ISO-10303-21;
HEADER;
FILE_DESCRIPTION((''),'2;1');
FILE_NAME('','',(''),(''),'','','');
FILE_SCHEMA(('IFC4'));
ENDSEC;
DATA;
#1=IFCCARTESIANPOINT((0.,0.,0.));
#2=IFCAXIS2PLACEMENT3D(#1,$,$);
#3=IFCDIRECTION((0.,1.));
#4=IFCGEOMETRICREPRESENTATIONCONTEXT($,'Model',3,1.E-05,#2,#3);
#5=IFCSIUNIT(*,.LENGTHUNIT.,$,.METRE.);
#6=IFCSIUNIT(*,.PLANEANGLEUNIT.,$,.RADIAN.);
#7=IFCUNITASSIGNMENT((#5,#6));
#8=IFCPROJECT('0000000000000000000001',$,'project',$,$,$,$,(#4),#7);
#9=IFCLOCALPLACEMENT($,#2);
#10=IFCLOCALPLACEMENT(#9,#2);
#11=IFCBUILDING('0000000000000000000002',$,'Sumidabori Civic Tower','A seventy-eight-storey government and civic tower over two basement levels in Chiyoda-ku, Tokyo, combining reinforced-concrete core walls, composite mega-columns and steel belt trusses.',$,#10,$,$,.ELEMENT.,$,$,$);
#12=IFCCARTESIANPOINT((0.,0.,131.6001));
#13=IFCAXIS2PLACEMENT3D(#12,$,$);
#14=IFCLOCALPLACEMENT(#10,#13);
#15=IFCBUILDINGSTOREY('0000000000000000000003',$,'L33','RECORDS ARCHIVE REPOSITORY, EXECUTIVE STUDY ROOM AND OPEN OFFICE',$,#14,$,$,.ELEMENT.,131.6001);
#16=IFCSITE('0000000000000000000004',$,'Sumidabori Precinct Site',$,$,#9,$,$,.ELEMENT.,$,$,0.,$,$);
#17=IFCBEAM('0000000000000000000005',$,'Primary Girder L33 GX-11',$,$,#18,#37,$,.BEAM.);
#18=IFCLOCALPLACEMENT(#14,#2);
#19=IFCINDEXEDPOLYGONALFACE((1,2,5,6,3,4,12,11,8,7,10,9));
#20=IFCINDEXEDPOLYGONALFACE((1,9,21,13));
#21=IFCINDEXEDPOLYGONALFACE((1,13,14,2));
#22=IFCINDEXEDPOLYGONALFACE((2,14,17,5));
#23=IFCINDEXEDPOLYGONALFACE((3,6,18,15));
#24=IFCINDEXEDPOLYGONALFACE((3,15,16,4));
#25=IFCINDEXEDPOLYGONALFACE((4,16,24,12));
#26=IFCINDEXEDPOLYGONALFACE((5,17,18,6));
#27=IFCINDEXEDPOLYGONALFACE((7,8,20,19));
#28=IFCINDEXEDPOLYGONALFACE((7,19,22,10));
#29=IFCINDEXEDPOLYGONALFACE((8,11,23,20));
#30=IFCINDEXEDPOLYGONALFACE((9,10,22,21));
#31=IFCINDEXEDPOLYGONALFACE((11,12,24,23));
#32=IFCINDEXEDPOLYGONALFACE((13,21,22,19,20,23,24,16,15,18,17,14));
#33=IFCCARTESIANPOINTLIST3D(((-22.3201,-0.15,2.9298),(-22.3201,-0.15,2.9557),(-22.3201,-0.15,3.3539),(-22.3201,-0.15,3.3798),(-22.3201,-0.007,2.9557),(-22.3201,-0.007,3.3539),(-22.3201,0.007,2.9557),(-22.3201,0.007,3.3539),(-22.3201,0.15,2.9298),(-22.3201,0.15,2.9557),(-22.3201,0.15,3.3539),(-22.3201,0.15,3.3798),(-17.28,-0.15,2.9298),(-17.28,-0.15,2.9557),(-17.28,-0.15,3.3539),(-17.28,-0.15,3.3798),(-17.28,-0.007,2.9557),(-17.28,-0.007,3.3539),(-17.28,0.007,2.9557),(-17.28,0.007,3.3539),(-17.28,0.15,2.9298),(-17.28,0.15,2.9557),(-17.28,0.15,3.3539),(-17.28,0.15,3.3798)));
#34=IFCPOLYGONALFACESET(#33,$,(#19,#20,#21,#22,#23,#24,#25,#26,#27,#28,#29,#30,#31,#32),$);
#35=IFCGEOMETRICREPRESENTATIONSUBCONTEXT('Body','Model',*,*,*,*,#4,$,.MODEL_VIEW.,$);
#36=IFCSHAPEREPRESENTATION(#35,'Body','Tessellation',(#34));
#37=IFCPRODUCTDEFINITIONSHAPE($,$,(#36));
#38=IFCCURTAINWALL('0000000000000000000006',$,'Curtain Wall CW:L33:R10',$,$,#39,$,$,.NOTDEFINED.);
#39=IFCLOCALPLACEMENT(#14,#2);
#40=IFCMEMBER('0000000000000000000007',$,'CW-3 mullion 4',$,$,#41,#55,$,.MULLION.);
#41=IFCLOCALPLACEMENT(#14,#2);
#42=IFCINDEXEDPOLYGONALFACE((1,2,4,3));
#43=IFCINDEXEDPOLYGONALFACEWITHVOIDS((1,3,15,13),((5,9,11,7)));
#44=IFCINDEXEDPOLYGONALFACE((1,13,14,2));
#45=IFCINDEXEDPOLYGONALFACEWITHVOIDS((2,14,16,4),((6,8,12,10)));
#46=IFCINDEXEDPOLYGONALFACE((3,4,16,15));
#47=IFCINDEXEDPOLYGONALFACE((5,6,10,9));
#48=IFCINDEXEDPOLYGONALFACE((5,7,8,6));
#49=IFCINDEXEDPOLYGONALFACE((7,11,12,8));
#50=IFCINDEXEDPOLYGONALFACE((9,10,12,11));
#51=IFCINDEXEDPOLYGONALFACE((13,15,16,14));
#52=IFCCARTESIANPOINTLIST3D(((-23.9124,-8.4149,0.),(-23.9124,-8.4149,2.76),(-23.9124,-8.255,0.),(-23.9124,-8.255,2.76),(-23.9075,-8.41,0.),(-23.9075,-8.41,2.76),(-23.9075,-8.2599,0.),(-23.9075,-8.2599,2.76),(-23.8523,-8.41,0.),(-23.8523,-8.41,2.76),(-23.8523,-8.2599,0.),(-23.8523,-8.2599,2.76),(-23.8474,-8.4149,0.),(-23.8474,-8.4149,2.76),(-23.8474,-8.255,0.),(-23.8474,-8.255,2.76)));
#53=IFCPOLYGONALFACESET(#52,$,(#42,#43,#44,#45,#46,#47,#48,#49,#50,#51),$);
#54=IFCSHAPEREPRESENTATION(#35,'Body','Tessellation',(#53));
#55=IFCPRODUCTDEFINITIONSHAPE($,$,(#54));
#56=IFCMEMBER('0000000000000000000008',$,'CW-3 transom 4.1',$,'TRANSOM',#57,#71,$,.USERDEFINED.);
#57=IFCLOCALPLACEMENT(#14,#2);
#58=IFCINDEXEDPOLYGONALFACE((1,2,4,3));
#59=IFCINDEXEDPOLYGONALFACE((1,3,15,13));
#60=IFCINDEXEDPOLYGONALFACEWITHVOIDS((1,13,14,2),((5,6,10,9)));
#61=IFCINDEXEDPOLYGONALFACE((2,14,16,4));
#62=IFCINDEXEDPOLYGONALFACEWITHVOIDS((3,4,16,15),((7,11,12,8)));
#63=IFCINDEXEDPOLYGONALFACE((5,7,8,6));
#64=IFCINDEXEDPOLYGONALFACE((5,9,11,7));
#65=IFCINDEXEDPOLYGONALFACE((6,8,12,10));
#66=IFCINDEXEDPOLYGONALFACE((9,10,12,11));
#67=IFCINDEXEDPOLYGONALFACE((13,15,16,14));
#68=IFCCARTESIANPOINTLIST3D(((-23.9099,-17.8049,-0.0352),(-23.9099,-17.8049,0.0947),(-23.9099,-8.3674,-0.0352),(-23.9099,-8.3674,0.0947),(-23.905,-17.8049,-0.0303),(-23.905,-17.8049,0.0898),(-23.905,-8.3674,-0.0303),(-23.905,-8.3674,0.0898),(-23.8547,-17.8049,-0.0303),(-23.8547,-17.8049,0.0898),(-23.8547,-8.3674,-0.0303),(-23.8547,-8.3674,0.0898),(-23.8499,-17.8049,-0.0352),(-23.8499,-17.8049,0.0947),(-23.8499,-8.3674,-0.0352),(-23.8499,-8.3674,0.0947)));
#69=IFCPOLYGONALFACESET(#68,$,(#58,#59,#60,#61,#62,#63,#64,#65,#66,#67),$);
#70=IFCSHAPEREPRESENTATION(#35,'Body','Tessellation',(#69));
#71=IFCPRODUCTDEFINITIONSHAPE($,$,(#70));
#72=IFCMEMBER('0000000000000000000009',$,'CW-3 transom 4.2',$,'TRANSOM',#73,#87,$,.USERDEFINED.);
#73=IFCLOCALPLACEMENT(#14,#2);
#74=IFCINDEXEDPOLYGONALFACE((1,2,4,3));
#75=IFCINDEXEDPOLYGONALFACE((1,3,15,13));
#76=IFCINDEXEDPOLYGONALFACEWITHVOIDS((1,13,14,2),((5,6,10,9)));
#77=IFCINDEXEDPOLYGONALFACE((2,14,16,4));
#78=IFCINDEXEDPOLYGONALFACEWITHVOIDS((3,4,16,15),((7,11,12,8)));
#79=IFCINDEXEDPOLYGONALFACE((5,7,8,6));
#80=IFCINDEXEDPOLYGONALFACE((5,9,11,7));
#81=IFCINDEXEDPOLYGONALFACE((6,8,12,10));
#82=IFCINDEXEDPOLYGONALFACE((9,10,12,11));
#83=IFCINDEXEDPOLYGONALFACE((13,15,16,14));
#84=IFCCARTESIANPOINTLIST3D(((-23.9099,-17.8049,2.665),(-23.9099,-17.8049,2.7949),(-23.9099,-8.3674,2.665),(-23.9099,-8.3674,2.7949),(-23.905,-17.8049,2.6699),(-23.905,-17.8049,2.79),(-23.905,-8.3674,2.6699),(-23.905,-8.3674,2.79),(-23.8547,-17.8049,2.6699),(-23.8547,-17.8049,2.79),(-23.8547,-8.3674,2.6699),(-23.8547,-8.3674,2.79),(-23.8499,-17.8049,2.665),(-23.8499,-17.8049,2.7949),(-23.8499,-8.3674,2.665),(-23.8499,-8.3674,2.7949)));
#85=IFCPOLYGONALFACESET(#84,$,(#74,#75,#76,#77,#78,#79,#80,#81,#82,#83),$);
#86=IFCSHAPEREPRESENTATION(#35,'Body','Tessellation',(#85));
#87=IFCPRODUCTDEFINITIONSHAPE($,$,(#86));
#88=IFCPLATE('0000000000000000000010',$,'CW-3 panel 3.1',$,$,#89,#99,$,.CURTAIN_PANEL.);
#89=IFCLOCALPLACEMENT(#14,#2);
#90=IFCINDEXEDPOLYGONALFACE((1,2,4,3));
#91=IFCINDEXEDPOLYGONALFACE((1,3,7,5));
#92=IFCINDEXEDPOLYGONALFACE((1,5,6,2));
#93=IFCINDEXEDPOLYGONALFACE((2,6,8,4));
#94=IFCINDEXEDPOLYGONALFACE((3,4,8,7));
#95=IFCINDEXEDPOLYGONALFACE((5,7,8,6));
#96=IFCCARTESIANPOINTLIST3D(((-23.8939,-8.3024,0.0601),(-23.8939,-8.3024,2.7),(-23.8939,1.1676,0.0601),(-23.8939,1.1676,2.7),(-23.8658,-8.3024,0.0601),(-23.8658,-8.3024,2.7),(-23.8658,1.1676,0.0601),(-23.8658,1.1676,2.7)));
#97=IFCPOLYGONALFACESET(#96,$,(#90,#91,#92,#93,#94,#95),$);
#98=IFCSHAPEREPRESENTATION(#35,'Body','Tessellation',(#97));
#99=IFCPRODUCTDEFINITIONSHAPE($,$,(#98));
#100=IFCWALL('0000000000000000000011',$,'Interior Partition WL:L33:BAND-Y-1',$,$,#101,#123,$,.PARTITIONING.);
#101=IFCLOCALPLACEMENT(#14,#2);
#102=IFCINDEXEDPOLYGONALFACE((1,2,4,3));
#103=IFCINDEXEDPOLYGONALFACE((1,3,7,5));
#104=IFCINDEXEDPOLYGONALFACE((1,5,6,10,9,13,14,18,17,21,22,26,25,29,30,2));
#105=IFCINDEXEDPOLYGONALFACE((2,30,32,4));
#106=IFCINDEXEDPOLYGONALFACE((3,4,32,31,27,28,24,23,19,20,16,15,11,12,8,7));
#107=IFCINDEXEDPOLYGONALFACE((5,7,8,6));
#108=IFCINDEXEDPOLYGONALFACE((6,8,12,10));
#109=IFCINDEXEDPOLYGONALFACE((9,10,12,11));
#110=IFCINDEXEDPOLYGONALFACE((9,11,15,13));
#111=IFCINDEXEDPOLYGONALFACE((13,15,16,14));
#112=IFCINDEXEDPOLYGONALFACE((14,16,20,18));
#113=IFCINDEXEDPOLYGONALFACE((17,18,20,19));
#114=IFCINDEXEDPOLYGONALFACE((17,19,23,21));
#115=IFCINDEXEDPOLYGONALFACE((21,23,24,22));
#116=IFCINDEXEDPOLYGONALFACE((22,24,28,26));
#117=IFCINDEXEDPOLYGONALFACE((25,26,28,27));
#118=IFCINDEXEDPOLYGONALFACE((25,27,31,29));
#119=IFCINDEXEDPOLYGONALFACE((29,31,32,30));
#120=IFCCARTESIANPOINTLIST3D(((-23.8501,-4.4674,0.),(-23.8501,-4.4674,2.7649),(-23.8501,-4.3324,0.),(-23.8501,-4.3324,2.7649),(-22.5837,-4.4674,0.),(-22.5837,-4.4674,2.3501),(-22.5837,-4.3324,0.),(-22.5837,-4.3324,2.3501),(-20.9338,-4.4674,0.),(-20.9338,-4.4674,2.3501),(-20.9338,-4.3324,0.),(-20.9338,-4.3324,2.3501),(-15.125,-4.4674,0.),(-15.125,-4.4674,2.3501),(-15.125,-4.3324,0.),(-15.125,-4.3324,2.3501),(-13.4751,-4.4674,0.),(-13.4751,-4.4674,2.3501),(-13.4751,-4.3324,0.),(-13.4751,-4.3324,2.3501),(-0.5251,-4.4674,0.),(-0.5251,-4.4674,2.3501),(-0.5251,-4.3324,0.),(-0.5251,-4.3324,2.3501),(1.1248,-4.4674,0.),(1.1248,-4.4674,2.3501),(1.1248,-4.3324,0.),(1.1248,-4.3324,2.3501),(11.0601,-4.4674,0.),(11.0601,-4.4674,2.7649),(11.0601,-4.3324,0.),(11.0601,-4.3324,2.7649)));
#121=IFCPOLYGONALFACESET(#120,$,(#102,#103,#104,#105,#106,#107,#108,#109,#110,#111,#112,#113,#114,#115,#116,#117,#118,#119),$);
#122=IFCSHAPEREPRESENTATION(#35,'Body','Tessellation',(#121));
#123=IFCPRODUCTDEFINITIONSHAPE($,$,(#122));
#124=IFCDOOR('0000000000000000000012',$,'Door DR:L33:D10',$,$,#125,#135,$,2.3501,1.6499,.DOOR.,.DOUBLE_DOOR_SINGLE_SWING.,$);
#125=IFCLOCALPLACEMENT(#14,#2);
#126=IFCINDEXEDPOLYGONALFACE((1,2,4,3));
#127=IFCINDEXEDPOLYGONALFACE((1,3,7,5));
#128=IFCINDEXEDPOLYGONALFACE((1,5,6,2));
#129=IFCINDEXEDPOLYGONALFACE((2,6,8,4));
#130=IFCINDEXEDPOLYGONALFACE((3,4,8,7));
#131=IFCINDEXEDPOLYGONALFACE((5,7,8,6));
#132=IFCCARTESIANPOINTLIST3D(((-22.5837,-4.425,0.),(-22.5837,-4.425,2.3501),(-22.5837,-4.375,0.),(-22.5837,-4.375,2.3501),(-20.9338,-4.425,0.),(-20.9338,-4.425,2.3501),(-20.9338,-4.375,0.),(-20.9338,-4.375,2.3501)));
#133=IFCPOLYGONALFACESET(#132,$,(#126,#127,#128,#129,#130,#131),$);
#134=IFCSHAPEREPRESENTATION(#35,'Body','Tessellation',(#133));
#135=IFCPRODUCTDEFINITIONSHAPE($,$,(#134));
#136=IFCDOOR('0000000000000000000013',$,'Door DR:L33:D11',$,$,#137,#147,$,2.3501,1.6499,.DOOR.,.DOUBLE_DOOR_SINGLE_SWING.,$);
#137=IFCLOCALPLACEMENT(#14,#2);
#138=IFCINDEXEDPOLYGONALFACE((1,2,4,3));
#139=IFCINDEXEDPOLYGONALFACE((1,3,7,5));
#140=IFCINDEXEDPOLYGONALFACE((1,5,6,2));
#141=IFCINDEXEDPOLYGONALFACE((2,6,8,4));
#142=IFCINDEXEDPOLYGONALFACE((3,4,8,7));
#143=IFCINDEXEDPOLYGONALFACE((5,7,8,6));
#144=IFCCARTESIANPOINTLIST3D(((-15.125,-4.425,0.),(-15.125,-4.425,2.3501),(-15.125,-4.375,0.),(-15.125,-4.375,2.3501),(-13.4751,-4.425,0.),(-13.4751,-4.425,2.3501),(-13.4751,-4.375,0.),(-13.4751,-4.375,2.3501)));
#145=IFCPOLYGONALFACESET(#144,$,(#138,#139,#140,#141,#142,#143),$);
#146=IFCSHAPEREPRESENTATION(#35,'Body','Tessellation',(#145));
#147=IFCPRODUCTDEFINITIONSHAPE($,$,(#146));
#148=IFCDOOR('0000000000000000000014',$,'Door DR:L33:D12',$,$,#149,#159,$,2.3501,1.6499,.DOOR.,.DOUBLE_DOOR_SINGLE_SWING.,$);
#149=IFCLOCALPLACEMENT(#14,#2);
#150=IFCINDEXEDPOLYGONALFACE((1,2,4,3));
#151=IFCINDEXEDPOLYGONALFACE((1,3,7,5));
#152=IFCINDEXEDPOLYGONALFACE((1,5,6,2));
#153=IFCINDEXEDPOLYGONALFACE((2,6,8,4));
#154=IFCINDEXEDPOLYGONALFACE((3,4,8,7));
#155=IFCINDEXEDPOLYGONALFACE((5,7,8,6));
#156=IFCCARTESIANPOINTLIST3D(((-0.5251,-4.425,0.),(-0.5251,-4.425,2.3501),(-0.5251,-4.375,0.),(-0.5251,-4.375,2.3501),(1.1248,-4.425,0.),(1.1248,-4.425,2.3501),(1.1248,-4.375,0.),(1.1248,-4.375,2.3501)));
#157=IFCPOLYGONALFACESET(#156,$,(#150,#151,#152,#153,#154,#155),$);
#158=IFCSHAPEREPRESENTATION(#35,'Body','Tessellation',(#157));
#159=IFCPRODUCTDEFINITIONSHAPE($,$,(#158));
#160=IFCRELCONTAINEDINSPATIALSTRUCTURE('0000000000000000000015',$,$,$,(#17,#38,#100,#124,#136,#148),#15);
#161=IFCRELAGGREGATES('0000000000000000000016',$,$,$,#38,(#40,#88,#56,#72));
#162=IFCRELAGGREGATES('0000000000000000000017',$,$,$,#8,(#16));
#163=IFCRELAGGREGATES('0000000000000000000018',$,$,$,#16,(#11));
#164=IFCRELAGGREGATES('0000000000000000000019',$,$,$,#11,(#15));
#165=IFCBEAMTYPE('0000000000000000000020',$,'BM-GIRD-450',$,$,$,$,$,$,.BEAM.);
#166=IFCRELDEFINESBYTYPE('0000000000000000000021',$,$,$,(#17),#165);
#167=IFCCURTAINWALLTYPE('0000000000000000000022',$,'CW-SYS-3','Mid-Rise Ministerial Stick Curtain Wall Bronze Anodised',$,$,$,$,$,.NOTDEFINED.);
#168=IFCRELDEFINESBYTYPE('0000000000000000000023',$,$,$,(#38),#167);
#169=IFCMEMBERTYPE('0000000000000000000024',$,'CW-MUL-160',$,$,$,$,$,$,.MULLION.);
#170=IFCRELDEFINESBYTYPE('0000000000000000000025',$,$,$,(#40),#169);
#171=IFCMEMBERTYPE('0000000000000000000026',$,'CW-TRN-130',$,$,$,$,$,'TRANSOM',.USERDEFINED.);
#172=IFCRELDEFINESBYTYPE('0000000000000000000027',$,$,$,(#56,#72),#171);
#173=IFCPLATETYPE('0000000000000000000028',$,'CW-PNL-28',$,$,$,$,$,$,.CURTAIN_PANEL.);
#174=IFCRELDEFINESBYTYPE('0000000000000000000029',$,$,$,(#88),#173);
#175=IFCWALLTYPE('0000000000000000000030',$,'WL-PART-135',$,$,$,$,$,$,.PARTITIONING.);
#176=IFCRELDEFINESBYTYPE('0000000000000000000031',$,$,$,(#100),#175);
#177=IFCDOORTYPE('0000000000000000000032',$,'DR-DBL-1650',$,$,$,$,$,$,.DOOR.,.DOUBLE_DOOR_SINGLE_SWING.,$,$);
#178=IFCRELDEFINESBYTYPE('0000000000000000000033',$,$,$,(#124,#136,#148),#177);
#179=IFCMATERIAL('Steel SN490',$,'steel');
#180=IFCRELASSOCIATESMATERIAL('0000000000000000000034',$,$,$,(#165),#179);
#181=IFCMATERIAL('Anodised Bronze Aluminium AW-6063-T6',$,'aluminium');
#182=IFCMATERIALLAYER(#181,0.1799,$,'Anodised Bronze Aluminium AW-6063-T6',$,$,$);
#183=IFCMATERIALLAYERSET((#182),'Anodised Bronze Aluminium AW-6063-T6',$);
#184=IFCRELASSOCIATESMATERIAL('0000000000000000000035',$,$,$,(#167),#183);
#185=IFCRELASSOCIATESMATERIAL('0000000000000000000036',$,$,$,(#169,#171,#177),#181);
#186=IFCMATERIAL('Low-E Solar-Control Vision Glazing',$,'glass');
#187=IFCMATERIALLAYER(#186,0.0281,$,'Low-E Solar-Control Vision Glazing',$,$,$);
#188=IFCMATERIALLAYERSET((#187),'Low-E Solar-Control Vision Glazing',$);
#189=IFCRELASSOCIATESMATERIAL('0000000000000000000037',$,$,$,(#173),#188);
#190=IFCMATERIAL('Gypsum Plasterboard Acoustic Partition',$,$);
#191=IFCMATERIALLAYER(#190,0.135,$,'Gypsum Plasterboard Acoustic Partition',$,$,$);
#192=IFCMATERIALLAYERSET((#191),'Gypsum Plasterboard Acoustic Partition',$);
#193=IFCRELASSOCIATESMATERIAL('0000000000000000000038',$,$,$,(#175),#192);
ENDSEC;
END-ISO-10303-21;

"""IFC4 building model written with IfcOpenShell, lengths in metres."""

from ifc_helpers import new_model, si_unit, direction, frame, frame_2d, origin, origin_2d, place, context, subcontext, project, spatial, rectangle, hollow_rectangle, i_section, extrude, source, transform, mapped, material, layer, layer_set, material_profile, profile_set, type_object, element, fill, aggregate, save


model = new_model("IFC4")

# Units and contexts
model_context = context("Model", 3, precision=1e-05, world=origin(), true_north=direction((0.0, 1.0)))
body_context = subcontext(model_context, "Body", "Model", "MODEL_VIEW")
ifc_project = project(units=[si_unit("LENGTHUNIT", "METRE"), si_unit("PLANEANGLEUNIT", "RADIAN")], contexts=[model_context])

# Site, building, storey
site_placement = place(None, origin())
site = spatial("IfcSite", under=ifc_project, at=site_placement, Name="Sumidabori Precinct Site", CompositionType="ELEMENT", RefElevation=0.0)
building_placement = place(site_placement, origin())
building = spatial("IfcBuilding", under=site, at=building_placement, Name="Sumidabori Civic Tower", Description="A seventy-eight-storey government and civic tower over two basement levels in Chiyoda-ku, Tokyo, combining reinforced-concrete core walls, composite mega-columns and steel belt trusses.", CompositionType="ELEMENT")
storey_placement = place(building_placement, frame((0.0, 0.0, 131.6001)))
storey = spatial("IfcBuildingStorey", under=building, at=storey_placement, Name="L33", Description="RECORDS ARCHIVE REPOSITORY, EXECUTIVE STUDY ROOM AND OPEN OFFICE", CompositionType="ELEMENT", Elevation=131.6001)

# Beam
ifc_material_1 = material(Name="Steel SN490", Category="steel")
ifc_material_profile_1 = material_profile(ifc_material_1, i_section(OverallWidth=0.3, OverallDepth=0.45, WebThickness=0.0139, FlangeThickness=0.0259, at=origin_2d()), Name="HE 450 B")
ifc_profile_set_1 = profile_set([ifc_material_profile_1], Name="Steel SN490")
beam_type_1 = type_object("IfcBeamType", Name="BM-GIRD-450", PredefinedType="BEAM", material=ifc_profile_set_1)
shared_shape_1 = source(origin(), body_context, "Body", "SweptSolid", [
    extrude(i_section(OverallWidth=0.3, OverallDepth=0.45, WebThickness=0.0139, FlangeThickness=0.0259, at=origin_2d()), origin(), (0.0, 0.0, 1.0), 5.04),
])
beam_1_placement = place(storey_placement, frame((-22.3201, 0.0, 3.1548), z_axis=(1.0, 0.0, 0.0), x_axis=(0.0, 1.0, 0.0)))
element("IfcBeam", 1, at=beam_1_placement, inside=storey, type_object=beam_type_1, Name="Primary Girder L33 GX-11", PredefinedType="BEAM", context=body_context, shape_type="MappedRepresentation", body=[
    mapped(shared_shape_1, transform((0.0, 0.0, 0.0), x_axis=(1.0, 0.0, 0.0), y_axis=(0.0, 1.0, 0.0), z_axis=(0.0, 0.0, 1.0), scale=1.0)),
])

# Curtain wall, members, plate
ifc_material_2 = material(Name="Anodised Bronze Aluminium AW-6063-T6", Category="aluminium")
ifc_layer_1 = layer(ifc_material_2, 0.1799, Name="Anodised Bronze Aluminium AW-6063-T6")
ifc_layer_set_1 = layer_set([ifc_layer_1], Name="Anodised Bronze Aluminium AW-6063-T6")
curtain_wall_type = type_object("IfcCurtainWallType", Name="CW-SYS-3", Description="Mid-Rise Ministerial Stick Curtain Wall Bronze Anodised", PredefinedType="NOTDEFINED", material=ifc_layer_set_1)
curtain_wall_placement = place(storey_placement, origin())
curtain_wall = element("IfcCurtainWall", 2, at=curtain_wall_placement, inside=storey, type_object=curtain_wall_type, Name="Curtain Wall CW:L33:R10", PredefinedType="NOTDEFINED")
ifc_material_profile_2 = material_profile(ifc_material_2, hollow_rectangle(XDim=0.0649, YDim=0.1599, WallThickness=0.0049, at=origin_2d()), Name="ALU MULLION 160x65")
ifc_profile_set_2 = profile_set([ifc_material_profile_2], Name="Anodised Bronze Aluminium AW-6063-T6")
member_type_1 = type_object("IfcMemberType", Name="CW-MUL-160", PredefinedType="MULLION", material=ifc_profile_set_2)
shared_shape_2 = source(origin(), body_context, "Body", "SweptSolid", [
    extrude(hollow_rectangle(XDim=0.0649, YDim=0.1599, WallThickness=0.0049, at=origin_2d()), origin(), (0.0, 0.0, 1.0), 2.76),
])
member_1_placement = place(storey_placement, frame((-23.8799, -8.335, 0.0), z_axis=(0.0, 0.0, 1.0), x_axis=(1.0, 0.0, 0.0)))
member_1 = element("IfcMember", 3, at=member_1_placement, type_object=member_type_1, Name="CW-3 mullion 4", PredefinedType="MULLION", context=body_context, shape_type="MappedRepresentation", body=[
    mapped(shared_shape_2, transform((0.0, 0.0, 0.0), x_axis=(1.0, 0.0, 0.0), y_axis=(0.0, 1.0, 0.0), z_axis=(0.0, 0.0, 1.0), scale=1.0)),
])
ifc_material_profile_3 = material_profile(ifc_material_2, hollow_rectangle(XDim=0.0601, YDim=0.1299, WallThickness=0.0049, at=origin_2d()), Name="ALU TRANSOM 130x60")
ifc_profile_set_3 = profile_set([ifc_material_profile_3], Name="Anodised Bronze Aluminium AW-6063-T6")
member_type_2 = type_object("IfcMemberType", Name="CW-TRN-130", ElementType="TRANSOM", PredefinedType="USERDEFINED", material=ifc_profile_set_3)
shared_shape_3 = source(origin(), body_context, "Body", "SweptSolid", [
    extrude(hollow_rectangle(XDim=0.0601, YDim=0.1299, WallThickness=0.0049, at=origin_2d()), origin(), (0.0, 0.0, 1.0), 9.4375),
])
member_2_placement = place(storey_placement, frame((-23.8799, -8.3674, 0.0298), z_axis=(0.0, -1.0, 0.0), x_axis=(1.0, 0.0, 0.0)))
member_2 = element("IfcMember", 4, at=member_2_placement, type_object=member_type_2, Name="CW-3 transom 4.1", ObjectType="TRANSOM", PredefinedType="USERDEFINED", context=body_context, shape_type="MappedRepresentation", body=[
    mapped(shared_shape_3, transform((0.0, 0.0, 0.0), x_axis=(1.0, 0.0, 0.0), y_axis=(0.0, 1.0, 0.0), z_axis=(0.0, 0.0, 1.0), scale=1.0)),
])
member_3_placement = place(storey_placement, frame((-23.8799, -8.3674, 2.73), z_axis=(0.0, -1.0, 0.0), x_axis=(1.0, 0.0, 0.0)))
member_3 = element("IfcMember", 5, at=member_3_placement, type_object=member_type_2, Name="CW-3 transom 4.2", ObjectType="TRANSOM", PredefinedType="USERDEFINED", context=body_context, shape_type="MappedRepresentation", body=[
    mapped(shared_shape_3, transform((0.0, 0.0, 0.0), x_axis=(1.0, 0.0, 0.0), y_axis=(0.0, 1.0, 0.0), z_axis=(0.0, 0.0, 1.0), scale=1.0)),
])
ifc_material_3 = material(Name="Low-E Solar-Control Vision Glazing", Category="glass")
ifc_layer_2 = layer(ifc_material_3, 0.0281, Name="Low-E Solar-Control Vision Glazing")
ifc_layer_set_2 = layer_set([ifc_layer_2], Name="Low-E Solar-Control Vision Glazing")
plate_type = type_object("IfcPlateType", Name="CW-PNL-28", PredefinedType="CURTAIN_PANEL", material=ifc_layer_set_2)
shared_shape_4 = source(origin(), body_context, "Body", "SweptSolid", [
    extrude(rectangle(XDim=9.47, YDim=0.0281, at=origin_2d()), origin(), (0.0, 0.0, 1.0), 2.6399),
])
plate_placement = place(storey_placement, frame((-23.8799, -3.5674, 0.0601), z_axis=(0.0, 0.0, 1.0), x_axis=(0.0, -1.0, 0.0)))
plate = element("IfcPlate", 6, at=plate_placement, type_object=plate_type, Name="CW-3 panel 3.1", PredefinedType="CURTAIN_PANEL", context=body_context, shape_type="MappedRepresentation", body=[
    mapped(shared_shape_4, transform((0.0, 0.0, 0.0), x_axis=(1.0, 0.0, 0.0), y_axis=(0.0, 1.0, 0.0), z_axis=(0.0, 0.0, 1.0), scale=1.0)),
])
aggregate(curtain_wall, [member_1, plate, member_2, member_3])

# Wall, openings, doors
ifc_material_4 = material(Name="Gypsum Plasterboard Acoustic Partition")
ifc_layer_3 = layer(ifc_material_4, 0.135, Name="Gypsum Plasterboard Acoustic Partition")
ifc_layer_set_3 = layer_set([ifc_layer_3], Name="Gypsum Plasterboard Acoustic Partition")
wall_type = type_object("IfcWallType", Name="WL-PART-135", PredefinedType="PARTITIONING", material=ifc_layer_set_3)
shared_shape_5 = source(origin(), body_context, "Body", "SweptSolid", [
    extrude(rectangle(XDim=34.9102, YDim=0.135, at=frame_2d((17.4551, 0.0))), origin(), (0.0, 0.0, 1.0), 2.7649),
])
wall_1_placement = place(storey_placement, frame((-23.8501, -4.3999, 0.0), z_axis=(0.0, 0.0, 1.0), x_axis=(1.0, 0.0, 0.0)))
wall_1 = element("IfcWall", 7, at=wall_1_placement, inside=storey, type_object=wall_type, Name="Interior Partition WL:L33:BAND-Y-1", PredefinedType="PARTITIONING", context=body_context, shape_type="MappedRepresentation", body=[
    mapped(shared_shape_5, transform((0.0, 0.0, 0.0), x_axis=(1.0, 0.0, 0.0), y_axis=(0.0, 1.0, 0.0), z_axis=(0.0, 0.0, 1.0), scale=1.0)),
])
opening_1_placement = place(wall_1_placement, frame((1.2664, 0.0, 0.0)))
opening_1 = element("IfcOpeningElement", 8, at=opening_1_placement, cuts=wall_1, PredefinedType="OPENING", context=body_context, shape_type="SweptSolid", body=[
    extrude(rectangle(XDim=1.6499, YDim=2.3501, at=frame_2d((0.825, 1.175))), frame((0.0, 0.0796, 0.0), z_axis=(0.0, -1.0, 0.0), x_axis=(1.0, 0.0, 0.0)), (0.0, 0.0, 1.0), 0.1589),
])
opening_2_placement = place(wall_1_placement, frame((8.7251, 0.0, 0.0)))
opening_2 = element("IfcOpeningElement", 9, at=opening_2_placement, cuts=wall_1, PredefinedType="OPENING", context=body_context, shape_type="SweptSolid", body=[
    extrude(rectangle(XDim=1.6499, YDim=2.3501, at=frame_2d((0.825, 1.175))), frame((0.0, 0.0796, 0.0), z_axis=(0.0, -1.0, 0.0), x_axis=(1.0, 0.0, 0.0)), (0.0, 0.0, 1.0), 0.1589),
])
opening_3_placement = place(wall_1_placement, frame((23.325, 0.0, 0.0)))
opening_3 = element("IfcOpeningElement", 10, at=opening_3_placement, cuts=wall_1, PredefinedType="OPENING", context=body_context, shape_type="SweptSolid", body=[
    extrude(rectangle(XDim=1.6499, YDim=2.3501, at=frame_2d((0.825, 1.175))), frame((0.0, 0.0796, 0.0), z_axis=(0.0, -1.0, 0.0), x_axis=(1.0, 0.0, 0.0)), (0.0, 0.0, 1.0), 0.1589),
])
door_type = type_object("IfcDoorType", Name="DR-DBL-1650", OperationType="DOUBLE_DOOR_SINGLE_SWING", PredefinedType="DOOR", material=ifc_material_2)
shared_shape_6 = source(origin(), body_context, "Body", "SweptSolid", [
    extrude(rectangle(XDim=1.6499, YDim=2.3501, at=frame_2d((0.825, 1.175))), frame((0.0, 0.0249, 0.0), z_axis=(0.0, -1.0, 0.0), x_axis=(1.0, 0.0, 0.0)), (0.0, 0.0, 1.0), 0.05),
])
door_1_placement = place(opening_1_placement, origin())
door_1 = element("IfcDoor", 11, at=door_1_placement, inside=storey, type_object=door_type, Name="Door DR:L33:D10", OperationType="DOUBLE_DOOR_SINGLE_SWING", OverallHeight=2.3501, OverallWidth=1.6499, PredefinedType="DOOR", context=body_context, shape_type="MappedRepresentation", body=[
    mapped(shared_shape_6, transform((0.0, 0.0, 0.0), x_axis=(1.0, 0.0, 0.0), y_axis=(0.0, 1.0, 0.0), z_axis=(0.0, 0.0, 1.0), scale=1.0)),
])
fill(opening_1, door_1)
door_2_placement = place(opening_2_placement, origin())
door_2 = element("IfcDoor", 12, at=door_2_placement, inside=storey, type_object=door_type, Name="Door DR:L33:D11", OperationType="DOUBLE_DOOR_SINGLE_SWING", OverallHeight=2.3501, OverallWidth=1.6499, PredefinedType="DOOR", context=body_context, shape_type="MappedRepresentation", body=[
    mapped(shared_shape_6, transform((0.0, 0.0, 0.0), x_axis=(1.0, 0.0, 0.0), y_axis=(0.0, 1.0, 0.0), z_axis=(0.0, 0.0, 1.0), scale=1.0)),
])
fill(opening_2, door_2)
door_3_placement = place(opening_3_placement, origin())
door_3 = element("IfcDoor", 13, at=door_3_placement, inside=storey, type_object=door_type, Name="Door DR:L33:D12", OperationType="DOUBLE_DOOR_SINGLE_SWING", OverallHeight=2.3501, OverallWidth=1.6499, PredefinedType="DOOR", context=body_context, shape_type="MappedRepresentation", body=[
    mapped(shared_shape_6, transform((0.0, 0.0, 0.0), x_axis=(1.0, 0.0, 0.0), y_axis=(0.0, 1.0, 0.0), z_axis=(0.0, 0.0, 1.0), scale=1.0)),
])
fill(opening_3, door_3)

save(model, "model.ifc")
